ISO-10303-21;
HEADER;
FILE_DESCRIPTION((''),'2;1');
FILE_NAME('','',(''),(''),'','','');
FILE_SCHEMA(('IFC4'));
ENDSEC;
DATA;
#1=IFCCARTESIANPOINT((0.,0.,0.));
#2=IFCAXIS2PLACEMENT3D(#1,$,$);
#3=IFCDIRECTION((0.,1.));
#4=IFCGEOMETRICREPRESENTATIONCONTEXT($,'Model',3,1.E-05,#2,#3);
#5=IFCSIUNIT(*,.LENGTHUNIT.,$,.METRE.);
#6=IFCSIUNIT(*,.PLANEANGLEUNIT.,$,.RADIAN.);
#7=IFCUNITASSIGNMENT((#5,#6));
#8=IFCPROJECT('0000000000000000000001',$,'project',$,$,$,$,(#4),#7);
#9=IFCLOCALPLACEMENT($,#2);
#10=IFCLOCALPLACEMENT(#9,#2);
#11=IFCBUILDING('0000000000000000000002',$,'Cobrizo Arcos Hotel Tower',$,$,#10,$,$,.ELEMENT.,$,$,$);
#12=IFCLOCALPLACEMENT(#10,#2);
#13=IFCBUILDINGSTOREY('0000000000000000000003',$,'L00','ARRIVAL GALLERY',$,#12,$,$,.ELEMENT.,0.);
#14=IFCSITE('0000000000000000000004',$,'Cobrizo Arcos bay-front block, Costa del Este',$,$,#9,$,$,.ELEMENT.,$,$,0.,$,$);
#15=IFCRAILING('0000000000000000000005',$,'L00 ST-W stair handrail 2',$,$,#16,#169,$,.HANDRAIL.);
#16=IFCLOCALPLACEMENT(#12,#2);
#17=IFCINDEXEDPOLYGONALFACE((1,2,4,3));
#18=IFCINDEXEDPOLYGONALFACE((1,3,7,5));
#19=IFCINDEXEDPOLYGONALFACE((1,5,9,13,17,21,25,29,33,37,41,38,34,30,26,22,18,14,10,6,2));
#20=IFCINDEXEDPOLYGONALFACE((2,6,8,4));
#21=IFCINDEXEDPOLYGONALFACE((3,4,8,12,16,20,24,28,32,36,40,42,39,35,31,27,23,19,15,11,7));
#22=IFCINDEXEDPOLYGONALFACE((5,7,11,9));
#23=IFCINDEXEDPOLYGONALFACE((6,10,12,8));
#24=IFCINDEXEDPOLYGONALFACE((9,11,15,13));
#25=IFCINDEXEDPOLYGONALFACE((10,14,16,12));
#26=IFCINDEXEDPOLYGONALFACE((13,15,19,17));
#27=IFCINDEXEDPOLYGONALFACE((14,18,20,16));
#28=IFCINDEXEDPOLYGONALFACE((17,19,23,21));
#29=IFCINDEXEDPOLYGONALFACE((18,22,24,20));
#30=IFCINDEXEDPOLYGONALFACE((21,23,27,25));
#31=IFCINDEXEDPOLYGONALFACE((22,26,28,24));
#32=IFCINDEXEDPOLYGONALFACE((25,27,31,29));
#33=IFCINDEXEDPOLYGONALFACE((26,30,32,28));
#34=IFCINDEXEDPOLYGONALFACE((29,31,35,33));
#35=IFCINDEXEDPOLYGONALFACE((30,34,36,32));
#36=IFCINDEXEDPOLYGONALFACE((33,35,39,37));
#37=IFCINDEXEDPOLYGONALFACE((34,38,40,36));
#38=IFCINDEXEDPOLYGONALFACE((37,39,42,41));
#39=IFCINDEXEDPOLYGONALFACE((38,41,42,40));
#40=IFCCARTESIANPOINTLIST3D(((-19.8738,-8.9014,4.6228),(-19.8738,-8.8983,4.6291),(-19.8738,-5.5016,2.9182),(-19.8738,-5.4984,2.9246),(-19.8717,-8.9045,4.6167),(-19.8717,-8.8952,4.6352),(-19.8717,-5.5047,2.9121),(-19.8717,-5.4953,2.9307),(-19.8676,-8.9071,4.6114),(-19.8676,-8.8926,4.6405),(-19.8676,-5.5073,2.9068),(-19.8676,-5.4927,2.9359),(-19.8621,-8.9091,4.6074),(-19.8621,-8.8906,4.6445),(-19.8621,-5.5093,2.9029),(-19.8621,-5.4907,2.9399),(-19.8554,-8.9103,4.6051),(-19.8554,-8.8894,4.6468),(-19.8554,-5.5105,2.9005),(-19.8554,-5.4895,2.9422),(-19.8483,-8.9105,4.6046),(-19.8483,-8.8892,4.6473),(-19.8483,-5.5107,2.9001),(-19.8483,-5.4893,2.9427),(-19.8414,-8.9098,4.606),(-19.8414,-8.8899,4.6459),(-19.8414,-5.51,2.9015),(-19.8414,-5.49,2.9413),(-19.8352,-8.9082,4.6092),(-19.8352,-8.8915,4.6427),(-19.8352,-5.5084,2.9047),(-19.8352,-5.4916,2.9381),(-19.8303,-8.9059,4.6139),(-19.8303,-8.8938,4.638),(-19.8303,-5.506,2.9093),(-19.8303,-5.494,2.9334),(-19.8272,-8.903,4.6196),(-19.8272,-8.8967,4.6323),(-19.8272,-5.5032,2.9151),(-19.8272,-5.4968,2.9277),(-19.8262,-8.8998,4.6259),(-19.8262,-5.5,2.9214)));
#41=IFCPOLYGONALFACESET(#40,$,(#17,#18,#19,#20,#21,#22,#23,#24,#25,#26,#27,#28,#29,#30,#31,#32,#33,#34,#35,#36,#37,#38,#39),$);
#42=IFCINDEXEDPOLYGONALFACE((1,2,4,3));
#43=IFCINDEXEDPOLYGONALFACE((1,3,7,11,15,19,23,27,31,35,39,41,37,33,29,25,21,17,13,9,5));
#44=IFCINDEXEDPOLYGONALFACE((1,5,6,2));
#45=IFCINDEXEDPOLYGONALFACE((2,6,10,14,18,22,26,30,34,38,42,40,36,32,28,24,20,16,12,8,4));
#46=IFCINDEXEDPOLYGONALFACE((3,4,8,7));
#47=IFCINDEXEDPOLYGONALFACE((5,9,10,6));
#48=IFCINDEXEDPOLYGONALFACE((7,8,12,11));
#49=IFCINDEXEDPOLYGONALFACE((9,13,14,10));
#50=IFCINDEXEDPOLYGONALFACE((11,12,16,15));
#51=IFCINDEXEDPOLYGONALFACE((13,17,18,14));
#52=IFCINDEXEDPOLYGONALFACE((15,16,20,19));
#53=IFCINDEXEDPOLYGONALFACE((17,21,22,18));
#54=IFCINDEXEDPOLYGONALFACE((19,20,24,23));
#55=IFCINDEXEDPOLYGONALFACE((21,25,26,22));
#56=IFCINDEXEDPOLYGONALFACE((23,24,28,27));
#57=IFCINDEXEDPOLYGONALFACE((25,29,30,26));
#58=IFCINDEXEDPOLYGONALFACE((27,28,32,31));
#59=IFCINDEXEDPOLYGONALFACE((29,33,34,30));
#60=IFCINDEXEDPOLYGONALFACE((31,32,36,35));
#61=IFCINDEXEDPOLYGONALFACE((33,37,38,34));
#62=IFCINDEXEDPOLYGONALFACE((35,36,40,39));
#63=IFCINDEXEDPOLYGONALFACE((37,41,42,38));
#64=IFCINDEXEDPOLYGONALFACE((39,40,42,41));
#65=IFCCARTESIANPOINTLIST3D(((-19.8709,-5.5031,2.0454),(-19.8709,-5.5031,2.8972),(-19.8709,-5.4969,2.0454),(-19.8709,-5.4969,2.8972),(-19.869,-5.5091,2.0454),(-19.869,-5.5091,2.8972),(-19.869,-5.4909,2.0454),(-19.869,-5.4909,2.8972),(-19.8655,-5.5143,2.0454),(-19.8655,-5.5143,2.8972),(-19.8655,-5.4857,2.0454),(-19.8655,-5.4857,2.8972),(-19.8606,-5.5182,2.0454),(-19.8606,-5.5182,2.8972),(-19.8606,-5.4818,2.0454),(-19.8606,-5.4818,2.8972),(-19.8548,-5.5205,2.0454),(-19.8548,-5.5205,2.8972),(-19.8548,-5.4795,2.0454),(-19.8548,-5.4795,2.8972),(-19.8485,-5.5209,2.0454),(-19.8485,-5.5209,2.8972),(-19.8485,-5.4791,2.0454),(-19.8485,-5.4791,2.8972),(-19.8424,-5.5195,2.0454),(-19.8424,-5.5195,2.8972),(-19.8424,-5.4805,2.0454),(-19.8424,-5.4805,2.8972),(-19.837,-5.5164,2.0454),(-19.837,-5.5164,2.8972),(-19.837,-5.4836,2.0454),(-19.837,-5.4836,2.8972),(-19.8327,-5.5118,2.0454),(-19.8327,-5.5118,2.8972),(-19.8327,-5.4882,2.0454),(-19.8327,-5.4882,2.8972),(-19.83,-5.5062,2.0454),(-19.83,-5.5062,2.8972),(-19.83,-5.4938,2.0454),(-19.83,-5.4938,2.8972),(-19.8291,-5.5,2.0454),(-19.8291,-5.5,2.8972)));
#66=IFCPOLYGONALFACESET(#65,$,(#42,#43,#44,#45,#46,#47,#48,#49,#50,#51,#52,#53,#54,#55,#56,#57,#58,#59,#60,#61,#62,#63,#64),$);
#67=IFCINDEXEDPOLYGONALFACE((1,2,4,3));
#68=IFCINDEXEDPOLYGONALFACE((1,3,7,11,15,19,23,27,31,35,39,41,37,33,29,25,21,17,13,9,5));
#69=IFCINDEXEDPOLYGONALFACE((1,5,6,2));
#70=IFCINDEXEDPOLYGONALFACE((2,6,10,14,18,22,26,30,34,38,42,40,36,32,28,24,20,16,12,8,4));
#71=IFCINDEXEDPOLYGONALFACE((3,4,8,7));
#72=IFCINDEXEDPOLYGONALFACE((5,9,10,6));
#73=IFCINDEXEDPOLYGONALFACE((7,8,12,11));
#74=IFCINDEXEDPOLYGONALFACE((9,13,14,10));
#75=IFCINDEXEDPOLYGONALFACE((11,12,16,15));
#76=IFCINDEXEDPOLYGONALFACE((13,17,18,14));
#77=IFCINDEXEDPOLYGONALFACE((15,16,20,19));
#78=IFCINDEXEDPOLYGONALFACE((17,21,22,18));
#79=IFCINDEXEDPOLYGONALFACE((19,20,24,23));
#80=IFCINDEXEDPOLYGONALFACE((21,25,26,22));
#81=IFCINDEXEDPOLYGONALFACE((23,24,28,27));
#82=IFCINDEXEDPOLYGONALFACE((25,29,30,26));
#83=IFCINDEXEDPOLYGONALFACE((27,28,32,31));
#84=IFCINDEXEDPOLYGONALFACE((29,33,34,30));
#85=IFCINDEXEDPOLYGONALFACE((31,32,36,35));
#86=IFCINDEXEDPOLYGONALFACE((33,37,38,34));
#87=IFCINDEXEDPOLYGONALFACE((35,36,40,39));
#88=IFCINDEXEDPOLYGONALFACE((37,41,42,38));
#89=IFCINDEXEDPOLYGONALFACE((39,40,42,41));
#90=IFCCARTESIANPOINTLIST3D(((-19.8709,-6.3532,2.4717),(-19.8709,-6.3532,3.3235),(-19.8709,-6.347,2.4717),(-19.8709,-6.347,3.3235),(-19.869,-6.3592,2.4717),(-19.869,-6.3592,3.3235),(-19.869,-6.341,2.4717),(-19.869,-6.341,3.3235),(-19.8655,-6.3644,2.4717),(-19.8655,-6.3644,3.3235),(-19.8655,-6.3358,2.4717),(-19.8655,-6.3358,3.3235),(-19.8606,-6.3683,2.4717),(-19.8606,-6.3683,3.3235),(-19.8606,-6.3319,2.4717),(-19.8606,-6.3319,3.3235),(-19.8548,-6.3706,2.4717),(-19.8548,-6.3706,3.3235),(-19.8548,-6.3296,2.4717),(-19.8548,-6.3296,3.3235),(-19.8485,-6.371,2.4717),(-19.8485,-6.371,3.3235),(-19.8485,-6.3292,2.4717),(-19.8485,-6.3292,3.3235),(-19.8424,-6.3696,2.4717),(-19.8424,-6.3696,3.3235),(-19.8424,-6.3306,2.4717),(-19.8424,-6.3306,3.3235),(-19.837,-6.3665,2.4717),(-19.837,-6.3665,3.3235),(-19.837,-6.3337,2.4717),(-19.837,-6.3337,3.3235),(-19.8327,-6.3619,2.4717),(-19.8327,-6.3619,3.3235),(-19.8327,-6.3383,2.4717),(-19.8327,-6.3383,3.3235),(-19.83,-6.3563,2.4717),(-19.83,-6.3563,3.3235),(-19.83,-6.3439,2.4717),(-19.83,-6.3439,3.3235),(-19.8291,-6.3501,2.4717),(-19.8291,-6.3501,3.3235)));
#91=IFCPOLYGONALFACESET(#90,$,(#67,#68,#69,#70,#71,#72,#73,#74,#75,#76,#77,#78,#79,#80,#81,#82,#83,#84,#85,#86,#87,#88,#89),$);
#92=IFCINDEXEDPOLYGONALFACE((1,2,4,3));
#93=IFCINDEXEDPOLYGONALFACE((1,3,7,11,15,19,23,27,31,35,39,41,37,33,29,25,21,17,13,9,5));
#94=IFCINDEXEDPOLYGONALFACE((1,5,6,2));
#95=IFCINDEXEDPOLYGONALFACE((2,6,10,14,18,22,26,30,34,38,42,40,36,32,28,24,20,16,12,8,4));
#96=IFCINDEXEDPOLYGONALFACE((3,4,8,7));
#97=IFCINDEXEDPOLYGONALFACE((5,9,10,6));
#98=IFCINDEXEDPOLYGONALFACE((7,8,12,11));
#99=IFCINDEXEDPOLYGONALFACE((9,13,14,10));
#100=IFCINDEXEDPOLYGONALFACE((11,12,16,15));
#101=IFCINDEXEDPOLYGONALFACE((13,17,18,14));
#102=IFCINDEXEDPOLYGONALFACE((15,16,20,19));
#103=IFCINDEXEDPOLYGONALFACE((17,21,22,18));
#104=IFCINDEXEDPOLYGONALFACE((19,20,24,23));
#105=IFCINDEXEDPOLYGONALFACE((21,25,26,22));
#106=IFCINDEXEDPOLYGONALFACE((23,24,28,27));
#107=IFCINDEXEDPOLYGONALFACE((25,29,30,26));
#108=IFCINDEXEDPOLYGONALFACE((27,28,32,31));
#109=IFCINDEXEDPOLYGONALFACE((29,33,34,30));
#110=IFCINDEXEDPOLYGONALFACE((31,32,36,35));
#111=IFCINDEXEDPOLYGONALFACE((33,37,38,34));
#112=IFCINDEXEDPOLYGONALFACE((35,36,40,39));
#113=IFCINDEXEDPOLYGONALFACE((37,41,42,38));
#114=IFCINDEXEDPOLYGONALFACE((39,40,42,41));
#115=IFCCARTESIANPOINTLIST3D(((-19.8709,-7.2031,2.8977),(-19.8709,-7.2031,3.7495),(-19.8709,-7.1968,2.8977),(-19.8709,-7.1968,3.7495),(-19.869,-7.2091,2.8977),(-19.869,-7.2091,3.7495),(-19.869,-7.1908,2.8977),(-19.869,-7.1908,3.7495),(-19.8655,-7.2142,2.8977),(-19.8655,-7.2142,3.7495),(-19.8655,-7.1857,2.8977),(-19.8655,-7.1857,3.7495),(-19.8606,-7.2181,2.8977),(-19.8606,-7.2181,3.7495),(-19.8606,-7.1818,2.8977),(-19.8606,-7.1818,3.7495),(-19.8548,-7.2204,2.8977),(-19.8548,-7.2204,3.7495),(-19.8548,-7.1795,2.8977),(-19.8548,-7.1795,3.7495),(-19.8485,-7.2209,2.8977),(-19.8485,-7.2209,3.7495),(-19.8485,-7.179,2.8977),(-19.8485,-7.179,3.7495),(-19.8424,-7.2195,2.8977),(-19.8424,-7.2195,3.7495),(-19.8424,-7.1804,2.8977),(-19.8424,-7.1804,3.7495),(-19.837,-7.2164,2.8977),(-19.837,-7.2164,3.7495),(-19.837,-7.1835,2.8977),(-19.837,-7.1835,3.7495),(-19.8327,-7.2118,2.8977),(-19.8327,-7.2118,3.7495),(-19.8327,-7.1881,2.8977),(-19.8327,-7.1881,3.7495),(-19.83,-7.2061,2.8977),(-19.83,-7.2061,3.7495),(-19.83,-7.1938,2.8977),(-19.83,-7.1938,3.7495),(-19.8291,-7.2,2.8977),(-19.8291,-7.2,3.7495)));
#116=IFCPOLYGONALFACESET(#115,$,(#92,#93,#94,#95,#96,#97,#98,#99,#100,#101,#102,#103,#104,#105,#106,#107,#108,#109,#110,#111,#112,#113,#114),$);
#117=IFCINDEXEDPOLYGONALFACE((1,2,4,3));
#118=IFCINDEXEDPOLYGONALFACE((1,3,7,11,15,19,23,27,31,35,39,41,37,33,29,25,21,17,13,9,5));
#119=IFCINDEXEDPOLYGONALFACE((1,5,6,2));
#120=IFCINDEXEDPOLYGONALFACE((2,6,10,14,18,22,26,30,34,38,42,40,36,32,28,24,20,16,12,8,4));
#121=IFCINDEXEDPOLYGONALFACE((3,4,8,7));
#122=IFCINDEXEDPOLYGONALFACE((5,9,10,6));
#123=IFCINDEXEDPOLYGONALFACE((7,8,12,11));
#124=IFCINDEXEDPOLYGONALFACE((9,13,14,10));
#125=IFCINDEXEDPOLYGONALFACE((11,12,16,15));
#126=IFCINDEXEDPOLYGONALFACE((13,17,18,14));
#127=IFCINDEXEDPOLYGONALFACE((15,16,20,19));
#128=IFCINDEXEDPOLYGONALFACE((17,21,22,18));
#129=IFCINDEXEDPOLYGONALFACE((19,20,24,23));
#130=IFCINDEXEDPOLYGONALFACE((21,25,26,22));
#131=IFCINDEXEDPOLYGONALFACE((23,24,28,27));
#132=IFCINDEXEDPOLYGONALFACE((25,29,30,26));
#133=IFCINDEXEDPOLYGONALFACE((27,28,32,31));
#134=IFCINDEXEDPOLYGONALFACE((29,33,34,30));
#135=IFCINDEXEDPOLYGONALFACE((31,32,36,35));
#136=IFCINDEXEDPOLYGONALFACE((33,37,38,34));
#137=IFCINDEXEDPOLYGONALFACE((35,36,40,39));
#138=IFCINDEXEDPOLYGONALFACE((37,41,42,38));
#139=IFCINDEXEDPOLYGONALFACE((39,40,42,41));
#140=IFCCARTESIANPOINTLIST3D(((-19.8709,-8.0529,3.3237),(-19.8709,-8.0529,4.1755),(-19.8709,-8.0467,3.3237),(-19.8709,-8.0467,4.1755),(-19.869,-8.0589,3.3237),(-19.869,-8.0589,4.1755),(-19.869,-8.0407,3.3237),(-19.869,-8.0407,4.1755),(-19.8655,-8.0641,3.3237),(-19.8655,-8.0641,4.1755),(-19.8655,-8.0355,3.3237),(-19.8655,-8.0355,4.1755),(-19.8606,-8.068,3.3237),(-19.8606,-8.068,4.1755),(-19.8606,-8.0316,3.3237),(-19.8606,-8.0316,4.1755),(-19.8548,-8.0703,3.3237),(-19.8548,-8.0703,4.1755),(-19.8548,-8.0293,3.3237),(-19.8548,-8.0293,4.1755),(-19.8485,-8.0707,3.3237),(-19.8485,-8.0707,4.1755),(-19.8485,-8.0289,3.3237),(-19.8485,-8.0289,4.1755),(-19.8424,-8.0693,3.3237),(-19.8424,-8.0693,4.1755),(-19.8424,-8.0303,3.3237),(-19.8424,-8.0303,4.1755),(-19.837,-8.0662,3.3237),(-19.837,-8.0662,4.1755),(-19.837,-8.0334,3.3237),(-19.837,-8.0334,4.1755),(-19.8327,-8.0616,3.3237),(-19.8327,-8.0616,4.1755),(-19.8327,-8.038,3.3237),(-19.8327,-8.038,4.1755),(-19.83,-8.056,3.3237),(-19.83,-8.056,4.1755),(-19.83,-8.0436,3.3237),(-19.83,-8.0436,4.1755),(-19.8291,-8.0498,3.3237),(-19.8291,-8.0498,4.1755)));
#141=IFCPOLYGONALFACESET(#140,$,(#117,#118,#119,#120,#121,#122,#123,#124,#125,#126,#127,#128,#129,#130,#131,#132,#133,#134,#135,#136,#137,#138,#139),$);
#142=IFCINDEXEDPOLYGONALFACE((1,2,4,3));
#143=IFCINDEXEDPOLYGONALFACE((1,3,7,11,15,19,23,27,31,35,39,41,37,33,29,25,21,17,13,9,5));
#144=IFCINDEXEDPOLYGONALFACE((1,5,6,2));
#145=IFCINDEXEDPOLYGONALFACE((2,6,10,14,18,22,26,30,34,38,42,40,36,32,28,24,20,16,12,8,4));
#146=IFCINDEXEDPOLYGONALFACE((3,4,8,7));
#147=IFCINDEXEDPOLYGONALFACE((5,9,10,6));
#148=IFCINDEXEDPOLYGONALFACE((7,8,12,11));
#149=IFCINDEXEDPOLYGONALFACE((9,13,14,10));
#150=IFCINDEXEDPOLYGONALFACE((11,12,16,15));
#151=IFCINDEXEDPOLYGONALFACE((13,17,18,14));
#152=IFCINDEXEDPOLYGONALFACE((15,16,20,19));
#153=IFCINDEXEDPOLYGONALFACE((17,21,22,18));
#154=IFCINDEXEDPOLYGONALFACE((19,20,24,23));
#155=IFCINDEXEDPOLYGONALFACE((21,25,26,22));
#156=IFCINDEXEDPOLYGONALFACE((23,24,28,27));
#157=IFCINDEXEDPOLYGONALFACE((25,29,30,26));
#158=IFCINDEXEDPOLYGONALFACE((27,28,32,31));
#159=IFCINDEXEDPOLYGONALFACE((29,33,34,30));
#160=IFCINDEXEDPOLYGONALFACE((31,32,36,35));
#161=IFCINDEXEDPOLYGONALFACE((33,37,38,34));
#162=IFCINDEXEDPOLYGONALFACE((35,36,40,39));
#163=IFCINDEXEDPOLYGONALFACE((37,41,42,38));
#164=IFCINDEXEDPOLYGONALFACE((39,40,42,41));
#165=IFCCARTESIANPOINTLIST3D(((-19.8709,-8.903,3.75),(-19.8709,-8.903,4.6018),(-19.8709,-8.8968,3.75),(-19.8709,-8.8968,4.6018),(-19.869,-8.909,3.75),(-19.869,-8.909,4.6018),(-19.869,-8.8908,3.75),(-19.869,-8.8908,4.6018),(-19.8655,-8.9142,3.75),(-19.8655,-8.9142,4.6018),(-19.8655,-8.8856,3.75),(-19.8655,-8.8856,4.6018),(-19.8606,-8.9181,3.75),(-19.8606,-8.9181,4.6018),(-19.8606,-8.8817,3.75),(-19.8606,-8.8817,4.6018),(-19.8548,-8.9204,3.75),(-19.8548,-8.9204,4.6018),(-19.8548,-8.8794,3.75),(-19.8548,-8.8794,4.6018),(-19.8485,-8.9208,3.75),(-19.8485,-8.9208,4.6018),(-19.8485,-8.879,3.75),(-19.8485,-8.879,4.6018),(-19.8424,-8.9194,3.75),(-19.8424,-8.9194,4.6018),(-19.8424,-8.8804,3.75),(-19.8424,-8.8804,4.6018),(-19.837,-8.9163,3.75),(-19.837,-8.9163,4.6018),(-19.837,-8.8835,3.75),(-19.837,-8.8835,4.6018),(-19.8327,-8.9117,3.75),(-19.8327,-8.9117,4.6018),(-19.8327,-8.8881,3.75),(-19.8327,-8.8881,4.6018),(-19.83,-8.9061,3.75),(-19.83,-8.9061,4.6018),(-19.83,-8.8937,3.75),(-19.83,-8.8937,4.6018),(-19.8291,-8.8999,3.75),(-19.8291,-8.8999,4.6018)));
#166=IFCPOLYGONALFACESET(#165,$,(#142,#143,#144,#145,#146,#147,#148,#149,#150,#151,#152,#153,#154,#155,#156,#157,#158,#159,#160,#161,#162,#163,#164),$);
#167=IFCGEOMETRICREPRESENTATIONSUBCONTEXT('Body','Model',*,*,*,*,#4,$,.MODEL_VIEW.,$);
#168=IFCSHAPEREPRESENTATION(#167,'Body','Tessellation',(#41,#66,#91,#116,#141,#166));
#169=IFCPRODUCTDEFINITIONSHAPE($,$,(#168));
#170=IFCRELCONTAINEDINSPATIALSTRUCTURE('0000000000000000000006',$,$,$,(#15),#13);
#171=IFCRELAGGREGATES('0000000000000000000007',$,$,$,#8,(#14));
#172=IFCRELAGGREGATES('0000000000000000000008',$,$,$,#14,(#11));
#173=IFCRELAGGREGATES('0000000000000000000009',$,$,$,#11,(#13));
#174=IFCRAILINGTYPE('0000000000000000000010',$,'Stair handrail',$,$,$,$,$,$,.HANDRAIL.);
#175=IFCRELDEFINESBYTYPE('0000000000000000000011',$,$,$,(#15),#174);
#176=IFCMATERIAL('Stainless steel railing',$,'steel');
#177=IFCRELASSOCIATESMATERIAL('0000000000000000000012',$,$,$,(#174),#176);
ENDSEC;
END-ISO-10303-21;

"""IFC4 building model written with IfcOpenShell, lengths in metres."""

from ifc_helpers import new_model, si_unit, direction, frame, origin, origin_2d, place, context, subcontext, project, spatial, circle, extrude, material, type_object, element, save


model = new_model("IFC4")

# Units and contexts
model_context = context("Model", 3, precision=1e-05, world=origin(), true_north=direction((0.0, 1.0)))
body_context = subcontext(model_context, "Body", "Model", "MODEL_VIEW")
ifc_project = project(units=[si_unit("LENGTHUNIT", "METRE"), si_unit("PLANEANGLEUNIT", "RADIAN")], contexts=[model_context])

# Site, building, storey
site_placement = place(None, origin())
site = spatial("IfcSite", under=ifc_project, at=site_placement, Name="Cobrizo Arcos bay-front block, Costa del Este", CompositionType="ELEMENT", RefElevation=0.0)
building_placement = place(site_placement, origin())
building = spatial("IfcBuilding", under=site, at=building_placement, Name="Cobrizo Arcos Hotel Tower", CompositionType="ELEMENT")
storey_placement = place(building_placement, origin())
storey = spatial("IfcBuildingStorey", under=building, at=storey_placement, Name="L00", Description="ARRIVAL GALLERY", CompositionType="ELEMENT", Elevation=0.0)

# Railing
ifc_material_1 = material(Name="Stainless steel railing", Category="steel")
railing_type_1 = type_object("IfcRailingType", Name="Stair handrail", PredefinedType="HANDRAIL", material=ifc_material_1)
for number, where, name in (
    (1, (-19.8501, -5.5, 2.0454), "L00 ST-W stair handrail 2"),
):
    element("IfcRailing", number, at=place(storey_placement, frame(where)), inside=storey, type_object=railing_type_1, Name=name, PredefinedType="HANDRAIL", context=body_context, shape_type="SweptSolid", body=[
        extrude(circle(Radius=0.0239, at=origin_2d()), frame((0.0, 0.0, 0.876), z_axis=(0.0, -0.893939, 0.448189), x_axis=(1.0, 0.0, 0.0)), (0.0, 0.0, 1.0), 3.8032),
        extrude(circle(Radius=0.021, at=origin_2d()), origin(), (0.0, 0.0, 1.0), 0.8518),
        extrude(circle(Radius=0.021, at=origin_2d()), frame((0.0, -0.8501, 0.4263)), (0.0, 0.0, 1.0), 0.8518),
        extrude(circle(Radius=0.021, at=origin_2d()), frame((0.0, -1.7, 0.8523)), (0.0, 0.0, 1.0), 0.8518),
        extrude(circle(Radius=0.021, at=origin_2d()), frame((0.0, -2.5498, 1.2783)), (0.0, 0.0, 1.0), 0.8518),
        extrude(circle(Radius=0.021, at=origin_2d()), frame((0.0, -3.3999, 1.7046)), (0.0, 0.0, 1.0), 0.8518),
    ])

save(model, "model.ifc")
